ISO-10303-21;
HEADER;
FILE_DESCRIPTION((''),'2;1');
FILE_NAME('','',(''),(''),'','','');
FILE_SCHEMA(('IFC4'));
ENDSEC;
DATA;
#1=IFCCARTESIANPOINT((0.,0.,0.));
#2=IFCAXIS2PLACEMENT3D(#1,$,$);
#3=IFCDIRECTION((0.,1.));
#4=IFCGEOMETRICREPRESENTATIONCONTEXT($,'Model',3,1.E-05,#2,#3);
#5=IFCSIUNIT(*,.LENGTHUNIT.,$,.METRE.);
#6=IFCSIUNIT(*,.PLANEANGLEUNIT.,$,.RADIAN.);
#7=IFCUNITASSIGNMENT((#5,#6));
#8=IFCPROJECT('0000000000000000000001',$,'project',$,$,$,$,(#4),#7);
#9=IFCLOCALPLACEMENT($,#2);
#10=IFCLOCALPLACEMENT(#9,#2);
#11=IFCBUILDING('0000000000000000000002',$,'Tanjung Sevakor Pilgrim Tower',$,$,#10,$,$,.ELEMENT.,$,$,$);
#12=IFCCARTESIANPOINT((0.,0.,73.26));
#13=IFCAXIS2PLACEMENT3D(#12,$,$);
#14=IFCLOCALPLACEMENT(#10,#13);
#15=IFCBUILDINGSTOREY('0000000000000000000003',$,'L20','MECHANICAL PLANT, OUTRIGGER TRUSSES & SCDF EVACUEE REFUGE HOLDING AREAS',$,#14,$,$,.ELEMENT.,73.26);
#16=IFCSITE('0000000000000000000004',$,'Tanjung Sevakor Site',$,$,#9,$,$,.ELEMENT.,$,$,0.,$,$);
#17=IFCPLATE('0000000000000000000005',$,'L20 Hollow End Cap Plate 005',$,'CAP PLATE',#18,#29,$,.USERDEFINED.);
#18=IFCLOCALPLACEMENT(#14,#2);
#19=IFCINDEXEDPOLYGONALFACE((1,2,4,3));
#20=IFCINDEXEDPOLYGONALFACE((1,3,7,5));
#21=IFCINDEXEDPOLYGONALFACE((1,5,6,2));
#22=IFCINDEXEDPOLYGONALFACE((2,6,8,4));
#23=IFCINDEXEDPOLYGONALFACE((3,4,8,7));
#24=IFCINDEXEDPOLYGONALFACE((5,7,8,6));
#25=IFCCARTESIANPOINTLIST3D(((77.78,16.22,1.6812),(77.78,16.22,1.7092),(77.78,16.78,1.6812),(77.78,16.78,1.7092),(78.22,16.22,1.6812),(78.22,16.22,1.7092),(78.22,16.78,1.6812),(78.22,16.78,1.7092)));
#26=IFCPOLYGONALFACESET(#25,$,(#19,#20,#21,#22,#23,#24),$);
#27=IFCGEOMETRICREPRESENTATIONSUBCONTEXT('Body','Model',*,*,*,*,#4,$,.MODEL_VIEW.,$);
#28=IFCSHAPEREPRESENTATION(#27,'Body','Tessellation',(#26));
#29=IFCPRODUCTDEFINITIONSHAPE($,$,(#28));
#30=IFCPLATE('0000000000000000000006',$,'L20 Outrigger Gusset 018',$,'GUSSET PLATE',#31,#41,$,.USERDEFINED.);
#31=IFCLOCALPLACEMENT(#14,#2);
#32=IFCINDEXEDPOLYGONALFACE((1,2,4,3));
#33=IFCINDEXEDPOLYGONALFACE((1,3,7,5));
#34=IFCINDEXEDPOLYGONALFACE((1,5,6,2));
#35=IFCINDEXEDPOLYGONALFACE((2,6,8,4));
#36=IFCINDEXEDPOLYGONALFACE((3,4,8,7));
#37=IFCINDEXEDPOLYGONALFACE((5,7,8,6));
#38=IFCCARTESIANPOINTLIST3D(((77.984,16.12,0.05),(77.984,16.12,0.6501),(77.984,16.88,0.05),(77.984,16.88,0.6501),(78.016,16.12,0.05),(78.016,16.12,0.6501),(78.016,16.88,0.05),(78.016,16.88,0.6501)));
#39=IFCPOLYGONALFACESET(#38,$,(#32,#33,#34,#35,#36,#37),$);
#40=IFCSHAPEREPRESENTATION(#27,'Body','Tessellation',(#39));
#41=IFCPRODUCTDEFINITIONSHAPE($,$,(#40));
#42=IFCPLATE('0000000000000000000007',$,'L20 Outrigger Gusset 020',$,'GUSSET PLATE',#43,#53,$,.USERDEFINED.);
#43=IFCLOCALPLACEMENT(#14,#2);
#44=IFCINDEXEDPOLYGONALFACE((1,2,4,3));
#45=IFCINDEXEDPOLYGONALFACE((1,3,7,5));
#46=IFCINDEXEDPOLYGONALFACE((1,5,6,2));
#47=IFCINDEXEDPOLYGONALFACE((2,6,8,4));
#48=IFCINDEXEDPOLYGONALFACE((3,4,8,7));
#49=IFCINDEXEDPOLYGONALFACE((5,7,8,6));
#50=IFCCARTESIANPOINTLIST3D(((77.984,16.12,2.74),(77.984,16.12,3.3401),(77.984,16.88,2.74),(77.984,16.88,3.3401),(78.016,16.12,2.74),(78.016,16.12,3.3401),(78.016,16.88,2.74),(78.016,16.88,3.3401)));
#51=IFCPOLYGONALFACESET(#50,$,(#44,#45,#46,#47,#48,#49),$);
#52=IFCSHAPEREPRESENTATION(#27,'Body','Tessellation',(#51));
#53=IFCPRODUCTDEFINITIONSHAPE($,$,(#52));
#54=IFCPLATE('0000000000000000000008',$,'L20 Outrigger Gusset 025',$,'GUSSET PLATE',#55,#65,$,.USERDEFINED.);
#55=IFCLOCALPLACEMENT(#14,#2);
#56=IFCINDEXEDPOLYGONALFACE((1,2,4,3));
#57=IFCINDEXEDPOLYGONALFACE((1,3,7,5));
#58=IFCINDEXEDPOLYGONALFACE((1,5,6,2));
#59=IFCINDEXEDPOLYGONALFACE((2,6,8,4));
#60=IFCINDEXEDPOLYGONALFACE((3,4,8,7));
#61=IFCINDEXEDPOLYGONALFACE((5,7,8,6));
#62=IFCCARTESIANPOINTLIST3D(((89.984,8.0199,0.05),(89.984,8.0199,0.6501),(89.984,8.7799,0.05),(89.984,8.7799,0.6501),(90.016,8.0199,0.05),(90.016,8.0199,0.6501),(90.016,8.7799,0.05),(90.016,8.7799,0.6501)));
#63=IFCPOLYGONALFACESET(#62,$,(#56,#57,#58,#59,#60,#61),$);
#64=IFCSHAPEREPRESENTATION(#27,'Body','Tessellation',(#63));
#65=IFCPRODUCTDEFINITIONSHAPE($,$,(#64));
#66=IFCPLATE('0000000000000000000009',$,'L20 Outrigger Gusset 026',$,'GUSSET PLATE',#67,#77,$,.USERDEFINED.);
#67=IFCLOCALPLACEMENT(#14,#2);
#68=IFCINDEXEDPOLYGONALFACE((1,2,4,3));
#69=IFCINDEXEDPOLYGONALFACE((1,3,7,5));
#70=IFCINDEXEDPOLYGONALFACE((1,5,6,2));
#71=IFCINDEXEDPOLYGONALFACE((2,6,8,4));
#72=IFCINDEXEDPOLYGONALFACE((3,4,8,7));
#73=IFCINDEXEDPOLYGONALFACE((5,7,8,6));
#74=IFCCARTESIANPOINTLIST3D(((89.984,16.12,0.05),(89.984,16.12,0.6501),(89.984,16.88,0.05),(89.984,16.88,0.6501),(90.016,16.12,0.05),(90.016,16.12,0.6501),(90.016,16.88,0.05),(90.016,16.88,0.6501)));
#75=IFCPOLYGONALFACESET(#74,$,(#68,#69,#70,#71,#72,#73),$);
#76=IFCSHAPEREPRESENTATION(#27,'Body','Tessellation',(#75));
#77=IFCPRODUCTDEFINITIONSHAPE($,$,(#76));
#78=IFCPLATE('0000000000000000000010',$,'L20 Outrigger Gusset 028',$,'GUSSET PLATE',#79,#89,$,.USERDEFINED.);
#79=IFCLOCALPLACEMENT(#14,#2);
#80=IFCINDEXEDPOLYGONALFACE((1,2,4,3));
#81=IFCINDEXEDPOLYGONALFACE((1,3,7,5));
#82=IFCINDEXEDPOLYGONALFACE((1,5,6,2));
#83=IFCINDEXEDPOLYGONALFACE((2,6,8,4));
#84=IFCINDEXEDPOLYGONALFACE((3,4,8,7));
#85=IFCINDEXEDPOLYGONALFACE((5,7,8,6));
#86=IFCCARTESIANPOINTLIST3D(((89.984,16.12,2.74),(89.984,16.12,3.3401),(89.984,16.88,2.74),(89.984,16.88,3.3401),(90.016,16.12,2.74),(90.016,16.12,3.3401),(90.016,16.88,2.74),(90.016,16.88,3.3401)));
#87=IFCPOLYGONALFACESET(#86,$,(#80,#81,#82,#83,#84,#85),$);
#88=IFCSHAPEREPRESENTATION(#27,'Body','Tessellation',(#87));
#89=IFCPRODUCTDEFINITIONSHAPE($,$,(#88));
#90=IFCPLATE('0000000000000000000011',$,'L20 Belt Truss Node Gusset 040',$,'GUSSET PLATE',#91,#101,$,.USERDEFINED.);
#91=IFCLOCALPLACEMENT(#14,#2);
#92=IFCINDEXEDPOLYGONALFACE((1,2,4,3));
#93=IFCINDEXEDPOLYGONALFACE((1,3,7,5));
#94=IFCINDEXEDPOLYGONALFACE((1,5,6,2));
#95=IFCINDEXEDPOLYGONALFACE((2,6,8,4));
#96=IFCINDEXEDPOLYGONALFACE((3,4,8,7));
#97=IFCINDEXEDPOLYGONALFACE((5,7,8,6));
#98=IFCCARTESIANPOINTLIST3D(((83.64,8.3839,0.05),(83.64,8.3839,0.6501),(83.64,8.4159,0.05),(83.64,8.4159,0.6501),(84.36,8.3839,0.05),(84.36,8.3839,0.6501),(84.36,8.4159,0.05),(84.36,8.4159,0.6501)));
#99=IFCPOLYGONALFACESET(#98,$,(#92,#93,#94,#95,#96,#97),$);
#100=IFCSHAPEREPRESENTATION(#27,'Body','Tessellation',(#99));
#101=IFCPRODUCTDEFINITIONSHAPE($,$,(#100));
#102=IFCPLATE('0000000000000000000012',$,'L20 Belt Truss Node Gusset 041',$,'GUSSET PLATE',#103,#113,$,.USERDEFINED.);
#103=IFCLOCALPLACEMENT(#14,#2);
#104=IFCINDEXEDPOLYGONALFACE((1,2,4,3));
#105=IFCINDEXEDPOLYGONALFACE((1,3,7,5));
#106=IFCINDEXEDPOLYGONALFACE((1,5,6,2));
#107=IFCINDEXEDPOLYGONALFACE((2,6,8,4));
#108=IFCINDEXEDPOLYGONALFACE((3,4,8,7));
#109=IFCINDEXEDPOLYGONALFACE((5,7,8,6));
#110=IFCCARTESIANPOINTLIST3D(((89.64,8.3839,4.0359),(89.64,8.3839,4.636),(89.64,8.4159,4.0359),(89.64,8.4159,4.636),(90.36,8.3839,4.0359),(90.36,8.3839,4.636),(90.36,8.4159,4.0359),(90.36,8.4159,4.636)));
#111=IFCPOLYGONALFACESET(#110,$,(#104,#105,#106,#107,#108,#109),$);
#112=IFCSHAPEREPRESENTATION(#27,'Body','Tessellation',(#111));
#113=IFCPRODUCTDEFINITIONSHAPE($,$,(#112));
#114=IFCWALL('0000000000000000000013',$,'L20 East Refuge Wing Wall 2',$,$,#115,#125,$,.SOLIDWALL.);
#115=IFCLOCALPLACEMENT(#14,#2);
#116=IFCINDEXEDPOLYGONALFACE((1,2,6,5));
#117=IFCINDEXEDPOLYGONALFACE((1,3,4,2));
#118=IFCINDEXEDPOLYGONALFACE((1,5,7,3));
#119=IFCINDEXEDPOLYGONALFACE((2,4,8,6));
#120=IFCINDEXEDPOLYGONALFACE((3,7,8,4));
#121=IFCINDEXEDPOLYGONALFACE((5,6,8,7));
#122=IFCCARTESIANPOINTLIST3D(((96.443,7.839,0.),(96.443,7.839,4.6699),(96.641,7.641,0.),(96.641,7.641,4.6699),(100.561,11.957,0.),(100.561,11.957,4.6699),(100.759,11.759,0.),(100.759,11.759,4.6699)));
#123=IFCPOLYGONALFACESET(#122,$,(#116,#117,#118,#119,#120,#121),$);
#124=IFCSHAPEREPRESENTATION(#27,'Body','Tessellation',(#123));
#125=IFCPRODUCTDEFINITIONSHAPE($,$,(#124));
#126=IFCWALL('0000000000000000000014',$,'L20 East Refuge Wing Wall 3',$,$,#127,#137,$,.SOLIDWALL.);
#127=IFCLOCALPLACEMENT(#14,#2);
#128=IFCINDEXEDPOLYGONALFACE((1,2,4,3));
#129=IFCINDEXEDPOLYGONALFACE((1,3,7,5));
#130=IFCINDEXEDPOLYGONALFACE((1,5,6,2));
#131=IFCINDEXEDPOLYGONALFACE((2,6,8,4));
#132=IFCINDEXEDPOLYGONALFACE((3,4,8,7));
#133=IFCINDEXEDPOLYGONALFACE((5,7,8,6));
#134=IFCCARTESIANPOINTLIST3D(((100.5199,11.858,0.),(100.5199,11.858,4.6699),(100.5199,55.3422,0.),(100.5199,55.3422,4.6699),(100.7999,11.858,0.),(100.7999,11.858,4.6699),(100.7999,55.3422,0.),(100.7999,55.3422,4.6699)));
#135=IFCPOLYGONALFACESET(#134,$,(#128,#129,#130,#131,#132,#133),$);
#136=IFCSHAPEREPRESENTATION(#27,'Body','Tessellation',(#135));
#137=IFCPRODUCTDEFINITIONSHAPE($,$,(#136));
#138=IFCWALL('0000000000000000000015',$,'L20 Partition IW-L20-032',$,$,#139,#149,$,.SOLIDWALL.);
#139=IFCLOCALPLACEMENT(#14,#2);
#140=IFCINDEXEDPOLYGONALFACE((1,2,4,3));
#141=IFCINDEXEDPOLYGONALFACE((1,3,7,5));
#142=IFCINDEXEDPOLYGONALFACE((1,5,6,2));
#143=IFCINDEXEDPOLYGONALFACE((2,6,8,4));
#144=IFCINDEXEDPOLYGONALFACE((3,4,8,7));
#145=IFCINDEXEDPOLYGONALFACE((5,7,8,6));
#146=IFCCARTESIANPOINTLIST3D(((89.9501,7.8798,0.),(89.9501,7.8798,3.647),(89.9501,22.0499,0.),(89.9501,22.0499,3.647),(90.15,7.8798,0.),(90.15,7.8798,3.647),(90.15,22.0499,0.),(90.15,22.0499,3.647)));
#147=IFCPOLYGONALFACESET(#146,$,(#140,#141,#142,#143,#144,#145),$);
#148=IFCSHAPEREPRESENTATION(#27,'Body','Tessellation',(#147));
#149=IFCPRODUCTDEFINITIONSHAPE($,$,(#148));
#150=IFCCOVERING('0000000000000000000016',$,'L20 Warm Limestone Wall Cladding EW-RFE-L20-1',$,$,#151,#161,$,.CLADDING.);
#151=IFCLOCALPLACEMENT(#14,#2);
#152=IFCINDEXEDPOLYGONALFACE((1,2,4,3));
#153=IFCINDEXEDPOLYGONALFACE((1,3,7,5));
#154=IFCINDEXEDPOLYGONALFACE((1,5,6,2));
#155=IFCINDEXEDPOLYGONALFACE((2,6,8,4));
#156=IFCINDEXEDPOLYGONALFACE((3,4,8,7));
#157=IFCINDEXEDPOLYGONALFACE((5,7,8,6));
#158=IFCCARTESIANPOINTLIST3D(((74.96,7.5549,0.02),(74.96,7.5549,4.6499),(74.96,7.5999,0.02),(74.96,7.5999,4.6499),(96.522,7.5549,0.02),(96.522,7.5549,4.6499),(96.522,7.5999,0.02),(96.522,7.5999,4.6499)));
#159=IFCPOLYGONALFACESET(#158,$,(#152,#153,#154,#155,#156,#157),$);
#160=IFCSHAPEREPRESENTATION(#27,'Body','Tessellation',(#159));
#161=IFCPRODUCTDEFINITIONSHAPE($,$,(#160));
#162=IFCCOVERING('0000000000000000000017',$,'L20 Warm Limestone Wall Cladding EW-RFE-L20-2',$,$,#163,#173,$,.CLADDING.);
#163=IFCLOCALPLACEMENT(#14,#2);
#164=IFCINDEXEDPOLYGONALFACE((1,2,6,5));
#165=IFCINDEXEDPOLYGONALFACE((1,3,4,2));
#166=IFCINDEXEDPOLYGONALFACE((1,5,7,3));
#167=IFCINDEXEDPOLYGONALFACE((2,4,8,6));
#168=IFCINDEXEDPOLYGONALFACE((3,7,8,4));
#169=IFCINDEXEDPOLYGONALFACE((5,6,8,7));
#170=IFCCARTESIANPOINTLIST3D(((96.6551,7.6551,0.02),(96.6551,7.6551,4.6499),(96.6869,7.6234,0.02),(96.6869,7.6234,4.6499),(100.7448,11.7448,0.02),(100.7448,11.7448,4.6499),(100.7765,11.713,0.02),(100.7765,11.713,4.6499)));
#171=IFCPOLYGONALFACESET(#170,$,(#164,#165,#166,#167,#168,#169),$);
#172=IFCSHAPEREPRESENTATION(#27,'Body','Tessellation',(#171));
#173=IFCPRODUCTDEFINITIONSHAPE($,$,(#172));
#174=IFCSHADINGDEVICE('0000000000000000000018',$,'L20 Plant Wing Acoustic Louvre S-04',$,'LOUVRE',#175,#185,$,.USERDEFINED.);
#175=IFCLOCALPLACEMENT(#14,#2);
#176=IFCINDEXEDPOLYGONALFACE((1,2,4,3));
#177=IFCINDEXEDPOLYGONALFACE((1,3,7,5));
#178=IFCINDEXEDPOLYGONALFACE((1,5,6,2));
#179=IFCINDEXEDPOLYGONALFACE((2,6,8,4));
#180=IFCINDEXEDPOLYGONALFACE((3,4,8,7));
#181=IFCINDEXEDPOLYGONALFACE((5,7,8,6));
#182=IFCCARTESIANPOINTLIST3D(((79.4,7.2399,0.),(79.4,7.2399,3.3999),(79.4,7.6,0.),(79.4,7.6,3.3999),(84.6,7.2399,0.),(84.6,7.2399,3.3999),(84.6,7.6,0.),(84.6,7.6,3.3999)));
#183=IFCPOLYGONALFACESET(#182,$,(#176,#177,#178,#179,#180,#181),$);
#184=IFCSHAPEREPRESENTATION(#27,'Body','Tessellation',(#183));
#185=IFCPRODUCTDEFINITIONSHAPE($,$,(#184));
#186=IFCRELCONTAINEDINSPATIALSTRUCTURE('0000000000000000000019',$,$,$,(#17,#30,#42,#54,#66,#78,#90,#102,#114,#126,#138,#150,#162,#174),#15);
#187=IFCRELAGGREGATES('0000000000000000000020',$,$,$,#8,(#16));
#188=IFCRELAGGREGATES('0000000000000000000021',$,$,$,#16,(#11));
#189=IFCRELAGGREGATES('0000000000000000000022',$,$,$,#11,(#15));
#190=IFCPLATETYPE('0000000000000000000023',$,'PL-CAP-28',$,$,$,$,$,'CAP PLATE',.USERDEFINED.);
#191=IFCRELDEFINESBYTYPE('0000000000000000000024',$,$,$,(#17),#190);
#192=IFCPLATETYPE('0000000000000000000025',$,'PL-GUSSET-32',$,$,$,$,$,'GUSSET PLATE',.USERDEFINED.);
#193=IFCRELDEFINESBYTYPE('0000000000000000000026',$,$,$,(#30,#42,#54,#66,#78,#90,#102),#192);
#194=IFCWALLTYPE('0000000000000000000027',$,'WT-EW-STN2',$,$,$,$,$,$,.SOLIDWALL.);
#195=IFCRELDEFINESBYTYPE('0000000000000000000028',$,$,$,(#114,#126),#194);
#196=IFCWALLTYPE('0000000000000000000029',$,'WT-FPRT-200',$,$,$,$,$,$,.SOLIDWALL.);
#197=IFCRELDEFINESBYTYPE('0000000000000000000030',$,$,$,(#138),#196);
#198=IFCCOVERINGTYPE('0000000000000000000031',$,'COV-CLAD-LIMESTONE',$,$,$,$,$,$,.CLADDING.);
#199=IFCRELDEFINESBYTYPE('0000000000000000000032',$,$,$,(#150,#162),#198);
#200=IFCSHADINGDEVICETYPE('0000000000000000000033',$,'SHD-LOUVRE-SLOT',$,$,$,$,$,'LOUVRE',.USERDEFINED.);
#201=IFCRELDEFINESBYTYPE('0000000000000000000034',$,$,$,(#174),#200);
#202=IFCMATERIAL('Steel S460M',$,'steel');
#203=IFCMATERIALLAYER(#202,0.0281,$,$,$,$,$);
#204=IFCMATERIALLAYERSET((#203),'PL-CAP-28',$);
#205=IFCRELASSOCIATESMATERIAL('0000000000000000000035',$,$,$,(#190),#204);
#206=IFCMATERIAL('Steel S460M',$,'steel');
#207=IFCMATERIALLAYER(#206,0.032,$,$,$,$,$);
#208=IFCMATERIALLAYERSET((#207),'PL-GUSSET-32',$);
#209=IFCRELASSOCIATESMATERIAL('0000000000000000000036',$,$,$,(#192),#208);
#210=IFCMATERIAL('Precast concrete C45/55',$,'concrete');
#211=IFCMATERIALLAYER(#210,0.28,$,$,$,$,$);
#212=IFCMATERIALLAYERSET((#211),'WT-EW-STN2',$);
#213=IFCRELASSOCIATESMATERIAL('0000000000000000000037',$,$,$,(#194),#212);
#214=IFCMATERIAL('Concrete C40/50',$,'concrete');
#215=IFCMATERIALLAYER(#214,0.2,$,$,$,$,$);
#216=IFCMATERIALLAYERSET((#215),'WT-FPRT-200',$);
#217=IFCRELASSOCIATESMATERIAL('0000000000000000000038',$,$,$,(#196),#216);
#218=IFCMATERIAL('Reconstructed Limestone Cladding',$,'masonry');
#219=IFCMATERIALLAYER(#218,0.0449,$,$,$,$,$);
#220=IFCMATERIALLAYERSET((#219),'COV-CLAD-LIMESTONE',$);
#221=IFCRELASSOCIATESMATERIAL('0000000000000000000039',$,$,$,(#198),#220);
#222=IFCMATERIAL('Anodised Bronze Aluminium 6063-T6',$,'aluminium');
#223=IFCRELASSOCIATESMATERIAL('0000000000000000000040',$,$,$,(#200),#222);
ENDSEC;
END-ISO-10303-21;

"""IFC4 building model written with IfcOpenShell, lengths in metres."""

from ifc_helpers import new_model, si_unit, direction, frame, frame_2d, origin, origin_2d, place, context, subcontext, project, spatial, rectangle, extrude, material, layer, layer_set, type_object, element, save


model = new_model("IFC4")

# Units and contexts
model_context = context("Model", 3, precision=1e-05, world=origin(), true_north=direction((0.0, 1.0)))
body_context = subcontext(model_context, "Body", "Model", "MODEL_VIEW")
ifc_project = project(units=[si_unit("LENGTHUNIT", "METRE"), si_unit("PLANEANGLEUNIT", "RADIAN")], contexts=[model_context])

# Site, building, storey
site_placement = place(None, origin())
site = spatial("IfcSite", under=ifc_project, at=site_placement, Name="Tanjung Sevakor Site", CompositionType="ELEMENT", RefElevation=0.0)
building_placement = place(site_placement, origin())
building = spatial("IfcBuilding", under=site, at=building_placement, Name="Tanjung Sevakor Pilgrim Tower", CompositionType="ELEMENT")
storey_placement = place(building_placement, frame((0.0, 0.0, 73.26)))
storey = spatial("IfcBuildingStorey", under=building, at=storey_placement, Name="L20", Description="MECHANICAL PLANT, OUTRIGGER TRUSSES & SCDF EVACUEE REFUGE HOLDING AREAS", CompositionType="ELEMENT", Elevation=73.26)

# Plates
ifc_material_1 = material(Name="Steel S460M", Category="steel")
ifc_layer_1 = layer(ifc_material_1, 0.0281)
ifc_layer_set_1 = layer_set([ifc_layer_1], Name="PL-CAP-28")
plate_type_1 = type_object("IfcPlateType", Name="PL-CAP-28", ElementType="CAP PLATE", PredefinedType="USERDEFINED", material=ifc_layer_set_1)
plate_placement = place(storey_placement, frame((78.0, 16.5, 1.6812), z_axis=(0.0, 0.0, 1.0), x_axis=(1.0, 0.0, 0.0)))
element("IfcPlate", 1, at=plate_placement, inside=storey, type_object=plate_type_1, Name="L20 Hollow End Cap Plate 005", ObjectType="CAP PLATE", PredefinedType="USERDEFINED", context=body_context, shape_type="SweptSolid", body=[
    extrude(rectangle(XDim=0.4399, YDim=0.5601, at=origin_2d()), origin(), (0.0, 0.0, 1.0), 0.0281),
])
ifc_material_2 = material(Name="Steel S460M", Category="steel")
ifc_layer_2 = layer(ifc_material_2, 0.032)
ifc_layer_set_2 = layer_set([ifc_layer_2], Name="PL-GUSSET-32")
plate_type_2 = type_object("IfcPlateType", Name="PL-GUSSET-32", ElementType="GUSSET PLATE", PredefinedType="USERDEFINED", material=ifc_layer_set_2)
for number, where, z_axis, x_axis, name in (
    (2, (78.0, 16.5, 0.05), (0.0, 0.0, 1.0), (1.0, 0.0, 0.0), "L20 Outrigger Gusset 018"),
    (3, (78.0, 16.5, 2.74), (0.0, 0.0, 1.0), (1.0, 0.0, 0.0), "L20 Outrigger Gusset 020"),
    (4, (90.0, 8.3999, 0.05), (0.0, 0.0, 1.0), (1.0, 0.0, 0.0), "L20 Outrigger Gusset 025"),
    (5, (90.0, 16.5, 0.05), (0.0, 0.0, 1.0), (1.0, 0.0, 0.0), "L20 Outrigger Gusset 026"),
    (6, (90.0, 16.5, 2.74), (0.0, 0.0, 1.0), (1.0, 0.0, 0.0), "L20 Outrigger Gusset 028"),
):
    element("IfcPlate", number, at=place(storey_placement, frame(where, z_axis=z_axis, x_axis=x_axis)), inside=storey, type_object=plate_type_2, Name=name, ObjectType="GUSSET PLATE", PredefinedType="USERDEFINED", context=body_context, shape_type="SweptSolid", body=[
        extrude(rectangle(XDim=0.032, YDim=0.76, at=origin_2d()), origin(), (0.0, 0.0, 1.0), 0.6001),
    ])
for number, where, z_axis, x_axis, name in (
    (7, (84.0, 8.3999, 0.05), (0.0, 0.0, 1.0), (1.0, 0.0, 0.0), "L20 Belt Truss Node Gusset 040"),
    (8, (90.0, 8.3999, 4.0359), (0.0, 0.0, 1.0), (1.0, 0.0, 0.0), "L20 Belt Truss Node Gusset 041"),
):
    element("IfcPlate", number, at=place(storey_placement, frame(where, z_axis=z_axis, x_axis=x_axis)), inside=storey, type_object=plate_type_2, Name=name, ObjectType="GUSSET PLATE", PredefinedType="USERDEFINED", context=body_context, shape_type="SweptSolid", body=[
        extrude(rectangle(XDim=0.72, YDim=0.032, at=origin_2d()), origin(), (0.0, 0.0, 1.0), 0.6001),
    ])

# Walls
ifc_material_3 = material(Name="Precast concrete C45/55", Category="concrete")
ifc_layer_3 = layer(ifc_material_3, 0.28)
ifc_layer_set_3 = layer_set([ifc_layer_3], Name="WT-EW-STN2")
wall_type_1 = type_object("IfcWallType", Name="WT-EW-STN2", PredefinedType="SOLIDWALL", material=ifc_layer_set_3)
wall_1_placement = place(storey_placement, frame((96.542, 7.74, 0.0), z_axis=(0.0, 0.0, 1.0), x_axis=(0.707107, 0.707107, 0.0)))
element("IfcWall", 9, at=wall_1_placement, inside=storey, type_object=wall_type_1, Name="L20 East Refuge Wing Wall 2", PredefinedType="SOLIDWALL", context=body_context, shape_type="SweptSolid", body=[
    extrude(rectangle(XDim=5.8237, YDim=0.28, at=frame_2d((2.9119, 0.0))), origin(), (0.0, 0.0, 1.0), 4.6699),
])
wall_2_placement = place(storey_placement, frame((100.6599, 11.8579, 0.0), z_axis=(0.0, 0.0, 1.0), x_axis=(0.0, 1.0, 0.0)))
element("IfcWall", 10, at=wall_2_placement, inside=storey, type_object=wall_type_1, Name="L20 East Refuge Wing Wall 3", PredefinedType="SOLIDWALL", context=body_context, shape_type="SweptSolid", body=[
    extrude(rectangle(XDim=43.4841, YDim=0.28, at=frame_2d((21.7422, 0.0))), origin(), (0.0, 0.0, 1.0), 4.6699),
])
ifc_material_4 = material(Name="Concrete C40/50", Category="concrete")
ifc_layer_4 = layer(ifc_material_4, 0.2)
ifc_layer_set_4 = layer_set([ifc_layer_4], Name="WT-FPRT-200")
wall_type_2 = type_object("IfcWallType", Name="WT-FPRT-200", PredefinedType="SOLIDWALL", material=ifc_layer_set_4)
wall_3_placement = place(storey_placement, frame((90.05, 7.8799, 0.0), z_axis=(0.0, 0.0, 1.0), x_axis=(0.0, 1.0, 0.0)))
element("IfcWall", 11, at=wall_3_placement, inside=storey, type_object=wall_type_2, Name="L20 Partition IW-L20-032", PredefinedType="SOLIDWALL", context=body_context, shape_type="SweptSolid", body=[
    extrude(rectangle(XDim=14.1702, YDim=0.2, at=frame_2d((7.085, 0.0))), origin(), (0.0, 0.0, 1.0), 3.647),
])

# Coverings
ifc_material_5 = material(Name="Reconstructed Limestone Cladding", Category="masonry")
ifc_layer_5 = layer(ifc_material_5, 0.0449)
ifc_layer_set_5 = layer_set([ifc_layer_5], Name="COV-CLAD-LIMESTONE")
covering_type = type_object("IfcCoveringType", Name="COV-CLAD-LIMESTONE", PredefinedType="CLADDING", material=ifc_layer_set_5)
covering_1_placement = place(storey_placement, frame((85.741, 7.5774, 0.02), z_axis=(0.0, 0.0, 1.0), x_axis=(1.0, 0.0, 0.0)))
element("IfcCovering", 12, at=covering_1_placement, inside=storey, type_object=covering_type, Name="L20 Warm Limestone Wall Cladding EW-RFE-L20-1", PredefinedType="CLADDING", context=body_context, shape_type="SweptSolid", body=[
    extrude(rectangle(XDim=21.562, YDim=0.0449, at=origin_2d()), origin(), (0.0, 0.0, 1.0), 4.6299),
])
covering_2_placement = place(storey_placement, frame((98.7158, 9.6841, 0.02), z_axis=(0.0, 0.0, 1.0), x_axis=(0.707107, 0.707107, 0.0)))
element("IfcCovering", 13, at=covering_2_placement, inside=storey, type_object=covering_type, Name="L20 Warm Limestone Wall Cladding EW-RFE-L20-2", PredefinedType="CLADDING", context=body_context, shape_type="SweptSolid", body=[
    extrude(rectangle(XDim=5.7837, YDim=0.0449, at=origin_2d()), origin(), (0.0, 0.0, 1.0), 4.6299),
])

# Shading device
ifc_material_6 = material(Name="Anodised Bronze Aluminium 6063-T6", Category="aluminium")
shading_device_type = type_object("IfcShadingDeviceType", Name="SHD-LOUVRE-SLOT", ElementType="LOUVRE", PredefinedType="USERDEFINED", material=ifc_material_6)
shading_device_placement = place(storey_placement, frame((82.0, 7.4199, 0.0), z_axis=(0.0, 0.0, 1.0), x_axis=(1.0, 0.0, 0.0)))
element("IfcShadingDevice", 14, at=shading_device_placement, inside=storey, type_object=shading_device_type, Name="L20 Plant Wing Acoustic Louvre S-04", ObjectType="LOUVRE", PredefinedType="USERDEFINED", context=body_context, shape_type="SweptSolid", body=[
    extrude(rectangle(XDim=5.2, YDim=0.3601, at=origin_2d()), origin(), (0.0, 0.0, 1.0), 3.3999),
])

save(model, "model.ifc")
